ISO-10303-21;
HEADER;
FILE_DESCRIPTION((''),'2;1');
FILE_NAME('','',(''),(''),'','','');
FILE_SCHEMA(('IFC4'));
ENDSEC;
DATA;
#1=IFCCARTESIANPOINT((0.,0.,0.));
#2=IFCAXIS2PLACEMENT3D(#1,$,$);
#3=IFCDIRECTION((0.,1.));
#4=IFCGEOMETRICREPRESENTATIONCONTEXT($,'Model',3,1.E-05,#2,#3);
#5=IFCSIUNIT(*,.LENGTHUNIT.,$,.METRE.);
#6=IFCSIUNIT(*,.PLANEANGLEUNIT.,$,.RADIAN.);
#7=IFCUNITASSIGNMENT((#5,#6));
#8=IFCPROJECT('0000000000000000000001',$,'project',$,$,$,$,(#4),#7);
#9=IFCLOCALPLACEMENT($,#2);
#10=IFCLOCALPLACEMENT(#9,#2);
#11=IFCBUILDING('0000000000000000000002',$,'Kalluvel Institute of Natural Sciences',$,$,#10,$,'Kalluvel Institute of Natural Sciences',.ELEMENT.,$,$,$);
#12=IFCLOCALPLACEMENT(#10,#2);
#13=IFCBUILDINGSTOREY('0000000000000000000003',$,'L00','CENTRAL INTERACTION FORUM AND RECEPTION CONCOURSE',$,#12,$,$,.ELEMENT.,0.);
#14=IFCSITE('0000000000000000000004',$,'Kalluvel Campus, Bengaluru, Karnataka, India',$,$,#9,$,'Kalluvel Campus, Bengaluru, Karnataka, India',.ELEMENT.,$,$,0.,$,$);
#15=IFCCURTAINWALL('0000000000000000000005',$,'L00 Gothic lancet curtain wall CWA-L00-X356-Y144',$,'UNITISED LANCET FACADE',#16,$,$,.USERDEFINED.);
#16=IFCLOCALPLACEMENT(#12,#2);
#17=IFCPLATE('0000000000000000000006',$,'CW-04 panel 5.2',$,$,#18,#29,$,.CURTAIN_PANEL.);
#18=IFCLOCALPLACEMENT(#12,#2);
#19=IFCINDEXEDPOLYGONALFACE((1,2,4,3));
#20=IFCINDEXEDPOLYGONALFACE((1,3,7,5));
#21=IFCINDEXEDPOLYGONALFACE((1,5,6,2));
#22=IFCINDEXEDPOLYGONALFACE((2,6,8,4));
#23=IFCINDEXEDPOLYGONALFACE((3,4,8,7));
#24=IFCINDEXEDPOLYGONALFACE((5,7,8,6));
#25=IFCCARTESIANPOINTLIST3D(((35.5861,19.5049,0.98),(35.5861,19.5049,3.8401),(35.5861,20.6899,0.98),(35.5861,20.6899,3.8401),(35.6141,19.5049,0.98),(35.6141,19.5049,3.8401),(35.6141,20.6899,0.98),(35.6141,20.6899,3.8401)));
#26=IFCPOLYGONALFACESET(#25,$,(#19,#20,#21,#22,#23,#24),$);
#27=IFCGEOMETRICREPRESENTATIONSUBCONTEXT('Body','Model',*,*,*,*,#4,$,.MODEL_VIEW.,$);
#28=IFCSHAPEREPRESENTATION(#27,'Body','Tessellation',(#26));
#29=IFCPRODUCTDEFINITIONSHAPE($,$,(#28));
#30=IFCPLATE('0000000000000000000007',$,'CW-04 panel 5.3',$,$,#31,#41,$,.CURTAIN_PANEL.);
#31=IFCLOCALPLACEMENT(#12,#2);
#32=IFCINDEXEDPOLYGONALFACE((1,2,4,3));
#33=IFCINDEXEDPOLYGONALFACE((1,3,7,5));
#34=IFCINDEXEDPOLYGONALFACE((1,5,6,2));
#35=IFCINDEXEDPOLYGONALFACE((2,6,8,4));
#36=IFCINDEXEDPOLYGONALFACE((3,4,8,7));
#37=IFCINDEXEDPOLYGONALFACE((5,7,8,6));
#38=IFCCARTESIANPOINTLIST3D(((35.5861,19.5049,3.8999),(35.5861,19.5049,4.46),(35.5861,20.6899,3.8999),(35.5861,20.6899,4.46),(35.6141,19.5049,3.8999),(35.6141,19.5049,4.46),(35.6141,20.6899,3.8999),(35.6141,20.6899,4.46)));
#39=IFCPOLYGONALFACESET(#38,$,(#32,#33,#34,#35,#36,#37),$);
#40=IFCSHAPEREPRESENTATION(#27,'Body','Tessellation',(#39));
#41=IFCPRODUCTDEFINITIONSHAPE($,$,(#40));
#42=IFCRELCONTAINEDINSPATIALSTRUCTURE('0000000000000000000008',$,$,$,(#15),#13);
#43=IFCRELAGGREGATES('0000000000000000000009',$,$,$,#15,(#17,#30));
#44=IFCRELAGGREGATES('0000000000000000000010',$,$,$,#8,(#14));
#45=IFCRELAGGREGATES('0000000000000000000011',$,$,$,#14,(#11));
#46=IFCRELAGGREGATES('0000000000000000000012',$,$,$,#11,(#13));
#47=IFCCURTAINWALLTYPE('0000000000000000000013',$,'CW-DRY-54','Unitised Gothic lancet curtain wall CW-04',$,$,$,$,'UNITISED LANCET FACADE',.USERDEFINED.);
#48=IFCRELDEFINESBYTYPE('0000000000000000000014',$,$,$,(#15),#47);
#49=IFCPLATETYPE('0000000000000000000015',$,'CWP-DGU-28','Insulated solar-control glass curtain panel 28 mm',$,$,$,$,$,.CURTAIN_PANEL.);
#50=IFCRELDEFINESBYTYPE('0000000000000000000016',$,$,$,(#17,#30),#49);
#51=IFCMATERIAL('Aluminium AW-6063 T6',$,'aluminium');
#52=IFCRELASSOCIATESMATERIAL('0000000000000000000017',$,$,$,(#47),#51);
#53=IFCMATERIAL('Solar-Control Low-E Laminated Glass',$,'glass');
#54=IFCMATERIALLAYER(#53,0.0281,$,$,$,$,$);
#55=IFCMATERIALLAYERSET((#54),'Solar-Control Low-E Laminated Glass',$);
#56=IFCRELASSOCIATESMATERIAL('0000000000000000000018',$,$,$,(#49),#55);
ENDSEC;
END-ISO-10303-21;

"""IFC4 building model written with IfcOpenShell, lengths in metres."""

from ifc_helpers import new_model, si_unit, direction, frame, origin, origin_2d, place, context, subcontext, project, spatial, rectangle, extrude, material, layer, layer_set, type_object, element, aggregate, save


model = new_model("IFC4")

# Units and contexts
model_context = context("Model", 3, precision=1e-05, world=origin(), true_north=direction((0.0, 1.0)))
body_context = subcontext(model_context, "Body", "Model", "MODEL_VIEW")
ifc_project = project(units=[si_unit("LENGTHUNIT", "METRE"), si_unit("PLANEANGLEUNIT", "RADIAN")], contexts=[model_context])

# Site, building, storey
site_placement = place(None, origin())
site = spatial("IfcSite", under=ifc_project, at=site_placement, Name="Kalluvel Campus, Bengaluru, Karnataka, India", LongName="Kalluvel Campus, Bengaluru, Karnataka, India", CompositionType="ELEMENT", RefElevation=0.0)
building_placement = place(site_placement, origin())
building = spatial("IfcBuilding", under=site, at=building_placement, Name="Kalluvel Institute of Natural Sciences", LongName="Kalluvel Institute of Natural Sciences", CompositionType="ELEMENT")
storey_placement = place(building_placement, origin())
storey = spatial("IfcBuildingStorey", under=building, at=storey_placement, Name="L00", Description="CENTRAL INTERACTION FORUM AND RECEPTION CONCOURSE", CompositionType="ELEMENT", Elevation=0.0)

# Curtain wall
ifc_material_1 = material(Name="Aluminium AW-6063 T6", Category="aluminium")
curtain_wall_type = type_object("IfcCurtainWallType", Name="CW-DRY-54", Description="Unitised Gothic lancet curtain wall CW-04", ElementType="UNITISED LANCET FACADE", PredefinedType="USERDEFINED", material=ifc_material_1)
curtain_wall_1_placement = place(storey_placement, origin())
curtain_wall_1 = element("IfcCurtainWall", 1, at=curtain_wall_1_placement, inside=storey, type_object=curtain_wall_type, Name="L00 Gothic lancet curtain wall CWA-L00-X356-Y144", ObjectType="UNITISED LANCET FACADE", PredefinedType="USERDEFINED")

# Plates
ifc_material_2 = material(Name="Solar-Control Low-E Laminated Glass", Category="glass")
ifc_layer = layer(ifc_material_2, 0.0281)
ifc_layer_set = layer_set([ifc_layer], Name="Solar-Control Low-E Laminated Glass")
plate_type = type_object("IfcPlateType", Name="CWP-DGU-28", Description="Insulated solar-control glass curtain panel 28 mm", PredefinedType="CURTAIN_PANEL", material=ifc_layer_set)
plate_1_placement = place(storey_placement, frame((35.6001, 20.0974, 0.98), z_axis=(0.0, 0.0, 1.0), x_axis=(0.0, 1.0, 0.0)))
plate_1 = element("IfcPlate", 2, at=plate_1_placement, type_object=plate_type, Name="CW-04 panel 5.2", PredefinedType="CURTAIN_PANEL", context=body_context, shape_type="SweptSolid", body=[
    extrude(rectangle(XDim=1.1851, YDim=0.0281, at=origin_2d()), origin(), (0.0, 0.0, 1.0), 2.8601),
])
plate_2_placement = place(storey_placement, frame((35.6001, 20.0974, 3.8999), z_axis=(0.0, 0.0, 1.0), x_axis=(0.0, 1.0, 0.0)))
plate_2 = element("IfcPlate", 3, at=plate_2_placement, type_object=plate_type, Name="CW-04 panel 5.3", PredefinedType="CURTAIN_PANEL", context=body_context, shape_type="SweptSolid", body=[
    extrude(rectangle(XDim=1.1851, YDim=0.0281, at=origin_2d()), origin(), (0.0, 0.0, 1.0), 0.5601),
])
aggregate(curtain_wall_1, [plate_1, plate_2])

save(model, "model.ifc")
